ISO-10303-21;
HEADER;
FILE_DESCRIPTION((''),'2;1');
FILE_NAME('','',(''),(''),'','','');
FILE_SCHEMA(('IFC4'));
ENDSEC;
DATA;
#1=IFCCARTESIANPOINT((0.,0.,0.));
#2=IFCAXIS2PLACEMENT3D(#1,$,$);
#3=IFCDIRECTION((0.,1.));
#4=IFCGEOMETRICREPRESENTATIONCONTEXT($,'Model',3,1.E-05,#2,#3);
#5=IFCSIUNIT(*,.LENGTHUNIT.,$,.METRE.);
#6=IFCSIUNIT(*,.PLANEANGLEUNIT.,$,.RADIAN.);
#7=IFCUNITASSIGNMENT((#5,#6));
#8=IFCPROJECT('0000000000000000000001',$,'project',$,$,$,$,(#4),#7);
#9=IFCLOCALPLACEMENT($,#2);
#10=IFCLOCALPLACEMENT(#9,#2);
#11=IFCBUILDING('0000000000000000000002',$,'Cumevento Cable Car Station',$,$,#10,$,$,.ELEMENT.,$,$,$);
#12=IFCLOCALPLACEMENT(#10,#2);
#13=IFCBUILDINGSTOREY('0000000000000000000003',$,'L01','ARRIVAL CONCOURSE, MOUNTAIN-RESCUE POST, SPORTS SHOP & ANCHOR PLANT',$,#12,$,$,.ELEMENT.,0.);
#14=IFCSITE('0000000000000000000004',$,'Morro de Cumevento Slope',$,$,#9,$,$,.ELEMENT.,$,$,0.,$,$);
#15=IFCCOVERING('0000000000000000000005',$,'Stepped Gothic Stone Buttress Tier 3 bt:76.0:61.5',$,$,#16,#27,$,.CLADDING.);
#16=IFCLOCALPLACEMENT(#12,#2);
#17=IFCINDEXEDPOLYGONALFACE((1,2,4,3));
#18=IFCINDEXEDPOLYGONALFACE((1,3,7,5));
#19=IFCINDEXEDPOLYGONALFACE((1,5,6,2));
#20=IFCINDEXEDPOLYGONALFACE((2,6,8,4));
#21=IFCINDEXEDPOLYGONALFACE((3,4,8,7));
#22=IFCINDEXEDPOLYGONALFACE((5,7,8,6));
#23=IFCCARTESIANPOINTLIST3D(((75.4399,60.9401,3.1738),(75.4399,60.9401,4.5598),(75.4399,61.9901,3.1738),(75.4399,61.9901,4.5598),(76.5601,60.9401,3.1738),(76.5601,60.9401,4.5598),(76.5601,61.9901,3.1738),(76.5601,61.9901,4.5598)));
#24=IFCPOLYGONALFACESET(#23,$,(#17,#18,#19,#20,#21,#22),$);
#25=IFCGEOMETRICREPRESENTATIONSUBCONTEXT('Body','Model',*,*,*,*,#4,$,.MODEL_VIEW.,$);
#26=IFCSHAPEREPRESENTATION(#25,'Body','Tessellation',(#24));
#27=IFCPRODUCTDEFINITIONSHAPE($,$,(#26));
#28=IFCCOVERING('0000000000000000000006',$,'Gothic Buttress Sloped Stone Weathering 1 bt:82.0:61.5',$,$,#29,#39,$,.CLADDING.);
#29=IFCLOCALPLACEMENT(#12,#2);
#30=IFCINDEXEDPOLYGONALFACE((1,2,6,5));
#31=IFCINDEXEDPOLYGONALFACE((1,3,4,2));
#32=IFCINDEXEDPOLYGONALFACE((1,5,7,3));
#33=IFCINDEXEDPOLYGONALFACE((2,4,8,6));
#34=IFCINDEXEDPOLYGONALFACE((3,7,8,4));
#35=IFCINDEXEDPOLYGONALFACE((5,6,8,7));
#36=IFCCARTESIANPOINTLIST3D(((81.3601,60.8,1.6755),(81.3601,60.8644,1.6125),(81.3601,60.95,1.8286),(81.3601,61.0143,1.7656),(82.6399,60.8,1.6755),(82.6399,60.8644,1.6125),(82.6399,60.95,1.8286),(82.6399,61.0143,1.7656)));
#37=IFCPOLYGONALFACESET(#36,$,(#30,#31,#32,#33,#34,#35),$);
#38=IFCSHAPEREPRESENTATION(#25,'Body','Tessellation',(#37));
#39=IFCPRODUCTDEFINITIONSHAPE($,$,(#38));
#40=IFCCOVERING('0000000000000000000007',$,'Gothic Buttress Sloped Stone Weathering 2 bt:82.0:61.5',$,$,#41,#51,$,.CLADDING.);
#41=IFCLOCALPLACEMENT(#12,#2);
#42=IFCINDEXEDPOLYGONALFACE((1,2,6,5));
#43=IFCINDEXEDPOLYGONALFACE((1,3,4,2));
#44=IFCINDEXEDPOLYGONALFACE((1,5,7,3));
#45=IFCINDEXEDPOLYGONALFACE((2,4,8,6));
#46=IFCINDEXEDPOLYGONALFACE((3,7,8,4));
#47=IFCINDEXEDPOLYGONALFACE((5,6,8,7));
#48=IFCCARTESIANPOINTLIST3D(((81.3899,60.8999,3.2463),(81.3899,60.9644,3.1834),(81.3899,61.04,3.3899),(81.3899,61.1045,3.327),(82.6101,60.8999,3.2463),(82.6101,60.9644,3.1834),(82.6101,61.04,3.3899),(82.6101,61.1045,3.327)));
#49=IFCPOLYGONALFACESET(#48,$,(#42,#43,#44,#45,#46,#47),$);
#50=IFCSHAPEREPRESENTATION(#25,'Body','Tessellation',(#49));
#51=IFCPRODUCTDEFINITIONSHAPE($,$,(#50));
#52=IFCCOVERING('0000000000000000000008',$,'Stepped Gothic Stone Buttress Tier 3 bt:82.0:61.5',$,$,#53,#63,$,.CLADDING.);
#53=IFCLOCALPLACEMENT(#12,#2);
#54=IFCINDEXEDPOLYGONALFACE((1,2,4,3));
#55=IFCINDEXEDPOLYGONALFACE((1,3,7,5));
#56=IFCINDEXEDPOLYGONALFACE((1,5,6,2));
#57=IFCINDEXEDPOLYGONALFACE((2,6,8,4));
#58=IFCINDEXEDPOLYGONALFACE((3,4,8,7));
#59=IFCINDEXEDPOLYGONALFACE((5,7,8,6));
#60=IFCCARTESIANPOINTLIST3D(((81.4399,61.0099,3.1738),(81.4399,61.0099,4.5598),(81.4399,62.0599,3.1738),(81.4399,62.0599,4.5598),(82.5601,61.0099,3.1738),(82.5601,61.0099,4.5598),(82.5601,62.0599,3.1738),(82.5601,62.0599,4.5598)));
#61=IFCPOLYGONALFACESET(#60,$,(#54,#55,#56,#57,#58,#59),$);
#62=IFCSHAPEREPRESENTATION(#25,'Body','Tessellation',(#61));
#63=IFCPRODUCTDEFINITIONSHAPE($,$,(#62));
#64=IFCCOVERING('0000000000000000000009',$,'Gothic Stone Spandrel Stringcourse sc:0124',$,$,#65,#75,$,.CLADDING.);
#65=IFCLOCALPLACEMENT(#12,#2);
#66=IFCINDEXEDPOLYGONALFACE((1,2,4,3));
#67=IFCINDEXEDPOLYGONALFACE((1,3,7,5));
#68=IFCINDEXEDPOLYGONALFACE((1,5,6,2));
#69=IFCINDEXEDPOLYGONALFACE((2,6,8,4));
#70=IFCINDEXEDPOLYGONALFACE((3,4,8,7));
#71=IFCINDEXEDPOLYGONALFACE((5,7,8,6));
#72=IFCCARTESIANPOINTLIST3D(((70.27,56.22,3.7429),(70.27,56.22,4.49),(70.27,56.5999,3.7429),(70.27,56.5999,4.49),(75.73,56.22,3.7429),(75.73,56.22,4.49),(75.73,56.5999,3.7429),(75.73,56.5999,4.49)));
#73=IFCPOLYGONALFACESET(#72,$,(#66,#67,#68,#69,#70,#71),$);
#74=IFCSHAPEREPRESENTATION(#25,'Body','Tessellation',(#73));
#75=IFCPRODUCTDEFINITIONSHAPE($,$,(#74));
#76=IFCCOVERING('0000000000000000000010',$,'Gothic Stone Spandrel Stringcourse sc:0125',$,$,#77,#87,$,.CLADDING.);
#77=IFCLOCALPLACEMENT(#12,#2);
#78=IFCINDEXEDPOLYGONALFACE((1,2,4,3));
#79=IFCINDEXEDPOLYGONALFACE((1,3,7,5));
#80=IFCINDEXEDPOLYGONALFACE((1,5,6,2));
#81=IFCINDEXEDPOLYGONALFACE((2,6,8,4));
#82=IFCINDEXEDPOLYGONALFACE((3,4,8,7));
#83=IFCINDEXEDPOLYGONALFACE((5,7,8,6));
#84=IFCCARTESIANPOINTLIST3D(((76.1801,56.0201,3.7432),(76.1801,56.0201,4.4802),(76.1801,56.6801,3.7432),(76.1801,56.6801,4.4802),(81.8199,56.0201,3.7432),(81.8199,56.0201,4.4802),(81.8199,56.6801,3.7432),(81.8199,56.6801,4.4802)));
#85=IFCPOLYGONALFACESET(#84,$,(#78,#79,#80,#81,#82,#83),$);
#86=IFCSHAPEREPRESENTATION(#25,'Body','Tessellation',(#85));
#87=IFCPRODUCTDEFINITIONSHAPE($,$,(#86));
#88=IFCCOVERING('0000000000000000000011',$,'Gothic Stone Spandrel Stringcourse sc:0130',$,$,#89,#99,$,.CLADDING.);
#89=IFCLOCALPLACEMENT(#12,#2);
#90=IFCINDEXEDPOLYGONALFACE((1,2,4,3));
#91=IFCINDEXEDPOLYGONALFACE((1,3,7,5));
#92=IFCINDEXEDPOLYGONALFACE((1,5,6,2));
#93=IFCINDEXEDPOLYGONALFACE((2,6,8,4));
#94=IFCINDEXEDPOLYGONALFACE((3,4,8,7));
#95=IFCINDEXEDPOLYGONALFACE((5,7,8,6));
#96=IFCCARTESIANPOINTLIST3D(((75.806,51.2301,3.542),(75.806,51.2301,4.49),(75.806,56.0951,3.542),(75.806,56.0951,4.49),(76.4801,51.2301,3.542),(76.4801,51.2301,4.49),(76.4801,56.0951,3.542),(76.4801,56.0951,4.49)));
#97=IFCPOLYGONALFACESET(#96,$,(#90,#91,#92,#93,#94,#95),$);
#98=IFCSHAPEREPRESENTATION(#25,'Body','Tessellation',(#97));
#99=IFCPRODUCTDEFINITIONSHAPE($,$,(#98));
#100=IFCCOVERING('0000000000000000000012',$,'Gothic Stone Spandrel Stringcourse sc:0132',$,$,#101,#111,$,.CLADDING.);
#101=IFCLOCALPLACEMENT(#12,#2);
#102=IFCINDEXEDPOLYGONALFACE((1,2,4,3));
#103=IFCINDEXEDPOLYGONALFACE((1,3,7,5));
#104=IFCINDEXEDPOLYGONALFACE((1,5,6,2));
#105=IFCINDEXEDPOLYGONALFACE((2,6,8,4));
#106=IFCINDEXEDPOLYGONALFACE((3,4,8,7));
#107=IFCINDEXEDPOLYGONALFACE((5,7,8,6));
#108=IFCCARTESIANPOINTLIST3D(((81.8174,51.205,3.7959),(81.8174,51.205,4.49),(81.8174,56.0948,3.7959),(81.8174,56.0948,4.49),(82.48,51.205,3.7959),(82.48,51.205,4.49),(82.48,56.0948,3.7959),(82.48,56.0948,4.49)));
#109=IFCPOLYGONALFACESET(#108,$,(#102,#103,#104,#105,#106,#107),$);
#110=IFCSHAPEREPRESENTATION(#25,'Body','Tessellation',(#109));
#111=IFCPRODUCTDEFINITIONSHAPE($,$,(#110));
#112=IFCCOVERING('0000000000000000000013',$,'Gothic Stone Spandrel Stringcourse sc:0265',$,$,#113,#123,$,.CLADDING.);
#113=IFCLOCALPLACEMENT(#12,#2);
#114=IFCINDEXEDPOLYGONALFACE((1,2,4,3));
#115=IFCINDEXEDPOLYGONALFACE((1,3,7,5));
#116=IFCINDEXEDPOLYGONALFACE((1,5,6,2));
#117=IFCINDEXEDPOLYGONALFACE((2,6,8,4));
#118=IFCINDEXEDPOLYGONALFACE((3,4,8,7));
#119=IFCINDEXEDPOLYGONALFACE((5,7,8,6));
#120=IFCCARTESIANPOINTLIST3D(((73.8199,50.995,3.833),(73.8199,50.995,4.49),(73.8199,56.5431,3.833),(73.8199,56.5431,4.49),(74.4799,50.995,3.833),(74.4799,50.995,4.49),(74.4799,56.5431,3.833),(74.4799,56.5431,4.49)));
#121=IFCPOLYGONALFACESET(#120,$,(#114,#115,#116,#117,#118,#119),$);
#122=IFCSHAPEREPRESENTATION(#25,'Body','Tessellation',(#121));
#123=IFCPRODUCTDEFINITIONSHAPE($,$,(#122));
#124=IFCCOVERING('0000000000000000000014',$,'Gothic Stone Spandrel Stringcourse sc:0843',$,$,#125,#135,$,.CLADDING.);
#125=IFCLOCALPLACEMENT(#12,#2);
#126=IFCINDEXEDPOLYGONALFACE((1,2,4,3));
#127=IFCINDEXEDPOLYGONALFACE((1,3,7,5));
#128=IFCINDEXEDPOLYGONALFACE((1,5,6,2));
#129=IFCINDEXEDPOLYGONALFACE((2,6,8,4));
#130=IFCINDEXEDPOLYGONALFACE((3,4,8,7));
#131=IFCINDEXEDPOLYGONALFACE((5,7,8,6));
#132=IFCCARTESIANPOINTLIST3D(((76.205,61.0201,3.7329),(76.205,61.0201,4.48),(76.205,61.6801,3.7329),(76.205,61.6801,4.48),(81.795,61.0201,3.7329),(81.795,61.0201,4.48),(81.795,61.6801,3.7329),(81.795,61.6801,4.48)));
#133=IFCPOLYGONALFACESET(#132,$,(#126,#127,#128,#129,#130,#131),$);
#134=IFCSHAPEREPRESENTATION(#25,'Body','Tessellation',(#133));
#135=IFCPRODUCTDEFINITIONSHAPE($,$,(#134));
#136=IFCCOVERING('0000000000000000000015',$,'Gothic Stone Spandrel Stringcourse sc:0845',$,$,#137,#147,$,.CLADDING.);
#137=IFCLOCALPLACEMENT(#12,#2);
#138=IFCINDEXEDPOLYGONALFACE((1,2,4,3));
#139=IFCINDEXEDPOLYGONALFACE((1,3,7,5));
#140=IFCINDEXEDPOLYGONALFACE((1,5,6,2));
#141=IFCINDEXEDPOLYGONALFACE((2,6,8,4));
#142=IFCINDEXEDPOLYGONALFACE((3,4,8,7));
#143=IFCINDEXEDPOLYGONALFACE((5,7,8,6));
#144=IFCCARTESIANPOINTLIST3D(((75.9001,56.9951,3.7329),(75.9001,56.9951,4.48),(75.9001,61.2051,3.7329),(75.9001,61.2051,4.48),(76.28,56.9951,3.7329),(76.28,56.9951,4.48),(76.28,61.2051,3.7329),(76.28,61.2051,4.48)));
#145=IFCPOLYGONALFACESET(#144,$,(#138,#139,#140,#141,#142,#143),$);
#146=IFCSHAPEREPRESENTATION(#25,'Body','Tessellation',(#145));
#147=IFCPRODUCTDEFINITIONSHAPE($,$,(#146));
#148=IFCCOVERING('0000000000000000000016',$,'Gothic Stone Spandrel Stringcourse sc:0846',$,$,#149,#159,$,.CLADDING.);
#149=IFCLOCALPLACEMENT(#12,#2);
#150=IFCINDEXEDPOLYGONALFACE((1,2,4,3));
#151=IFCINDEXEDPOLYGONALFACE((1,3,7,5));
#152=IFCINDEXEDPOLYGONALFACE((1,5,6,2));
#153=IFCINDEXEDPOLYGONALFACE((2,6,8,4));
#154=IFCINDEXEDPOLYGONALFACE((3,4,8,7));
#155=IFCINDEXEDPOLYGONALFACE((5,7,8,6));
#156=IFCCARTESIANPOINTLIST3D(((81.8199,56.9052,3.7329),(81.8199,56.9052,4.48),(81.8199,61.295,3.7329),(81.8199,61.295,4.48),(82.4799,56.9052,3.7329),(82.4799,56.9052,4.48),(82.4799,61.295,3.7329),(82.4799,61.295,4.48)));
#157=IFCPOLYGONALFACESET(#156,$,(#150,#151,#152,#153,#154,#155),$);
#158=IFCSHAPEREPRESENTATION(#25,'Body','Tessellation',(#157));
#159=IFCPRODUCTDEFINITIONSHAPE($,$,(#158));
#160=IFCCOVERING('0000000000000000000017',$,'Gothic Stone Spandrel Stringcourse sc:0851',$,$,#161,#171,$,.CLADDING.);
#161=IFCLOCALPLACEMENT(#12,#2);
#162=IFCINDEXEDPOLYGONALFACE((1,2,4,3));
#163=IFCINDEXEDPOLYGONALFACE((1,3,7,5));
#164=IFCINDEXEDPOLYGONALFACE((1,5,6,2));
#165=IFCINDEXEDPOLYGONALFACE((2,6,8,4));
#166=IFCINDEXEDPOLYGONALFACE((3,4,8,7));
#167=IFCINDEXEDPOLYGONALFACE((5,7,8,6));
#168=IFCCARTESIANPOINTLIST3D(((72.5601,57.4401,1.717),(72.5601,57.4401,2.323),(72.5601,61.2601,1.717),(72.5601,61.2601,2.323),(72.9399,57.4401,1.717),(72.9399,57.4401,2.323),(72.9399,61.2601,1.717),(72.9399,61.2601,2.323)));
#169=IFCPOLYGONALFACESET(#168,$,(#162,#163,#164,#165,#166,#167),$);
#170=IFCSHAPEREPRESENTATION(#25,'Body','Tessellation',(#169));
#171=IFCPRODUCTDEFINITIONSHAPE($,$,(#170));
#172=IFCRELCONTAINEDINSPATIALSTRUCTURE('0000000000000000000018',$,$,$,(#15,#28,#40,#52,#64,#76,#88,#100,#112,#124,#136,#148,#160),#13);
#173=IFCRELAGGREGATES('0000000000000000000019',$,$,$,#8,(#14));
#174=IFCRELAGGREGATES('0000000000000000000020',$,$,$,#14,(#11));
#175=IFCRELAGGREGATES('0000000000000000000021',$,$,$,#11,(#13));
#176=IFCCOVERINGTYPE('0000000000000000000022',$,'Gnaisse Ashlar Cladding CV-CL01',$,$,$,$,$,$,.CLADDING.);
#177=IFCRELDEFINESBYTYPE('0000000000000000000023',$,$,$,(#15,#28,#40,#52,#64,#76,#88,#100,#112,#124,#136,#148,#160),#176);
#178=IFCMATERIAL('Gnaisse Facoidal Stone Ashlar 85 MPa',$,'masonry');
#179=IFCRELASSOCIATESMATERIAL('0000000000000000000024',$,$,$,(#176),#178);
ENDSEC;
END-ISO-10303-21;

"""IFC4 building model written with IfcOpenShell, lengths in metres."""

from ifc_helpers import new_model, si_unit, direction, frame, origin, origin_2d, place, context, subcontext, project, spatial, polyline, rectangle, outline, extrude, material, type_object, element, save


model = new_model("IFC4")

# Units and contexts
model_context = context("Model", 3, precision=1e-05, world=origin(), true_north=direction((0.0, 1.0)))
body_context = subcontext(model_context, "Body", "Model", "MODEL_VIEW")
ifc_project = project(units=[si_unit("LENGTHUNIT", "METRE"), si_unit("PLANEANGLEUNIT", "RADIAN")], contexts=[model_context])

# Site, building, storey
site_placement = place(None, origin())
site = spatial("IfcSite", under=ifc_project, at=site_placement, Name="Morro de Cumevento Slope", CompositionType="ELEMENT", RefElevation=0.0)
building_placement = place(site_placement, origin())
building = spatial("IfcBuilding", under=site, at=building_placement, Name="Cumevento Cable Car Station", CompositionType="ELEMENT")
storey_placement = place(building_placement, origin())
storey = spatial("IfcBuildingStorey", under=building, at=storey_placement, Name="L01", Description="ARRIVAL CONCOURSE, MOUNTAIN-RESCUE POST, SPORTS SHOP & ANCHOR PLANT", CompositionType="ELEMENT", Elevation=0.0)

# Coverings
ifc_material_1 = material(Name="Gnaisse Facoidal Stone Ashlar 85 MPa", Category="masonry")
covering_type = type_object("IfcCoveringType", Name="Gnaisse Ashlar Cladding CV-CL01", PredefinedType="CLADDING", material=ifc_material_1)
covering_1_placement = place(storey_placement, frame((76.0, 61.4651, 3.1738), z_axis=(0.0, 0.0, 1.0), x_axis=(-1.0, 0.0, 0.0)))
element("IfcCovering", 1, at=covering_1_placement, inside=storey, type_object=covering_type, Name="Stepped Gothic Stone Buttress Tier 3 bt:76.0:61.5", PredefinedType="CLADDING", context=body_context, shape_type="SweptSolid", body=[
    extrude(rectangle(XDim=1.1201, YDim=1.05, at=origin_2d()), origin(), (0.0, 0.0, 1.0), 1.386),
])
covering_2_placement = place(storey_placement, frame((81.3601, 60.8, 1.6755), z_axis=(0.0, -0.714475, 0.699661), x_axis=(1.0, 0.0, 0.0)))
element("IfcCovering", 2, at=covering_2_placement, inside=storey, type_object=covering_type, Name="Gothic Buttress Sloped Stone Weathering 1 bt:82.0:61.5", PredefinedType="CLADDING", context=body_context, shape_type="SweptSolid", body=[
    extrude(outline(polyline([(0.0, 0.0), (1.2798, 0.0), (1.2798, 0.2142), (0.0, 0.2142), (0.0, 0.0)])), origin(), (0.0, 0.0, -1.0), 0.0901),
])
covering_3_placement = place(storey_placement, frame((81.3899, 60.8999, 3.2463), z_axis=(0.0, -0.715574, 0.698537), x_axis=(1.0, 0.0, 0.0)))
element("IfcCovering", 3, at=covering_3_placement, inside=storey, type_object=covering_type, Name="Gothic Buttress Sloped Stone Weathering 2 bt:82.0:61.5", PredefinedType="CLADDING", context=body_context, shape_type="SweptSolid", body=[
    extrude(outline(polyline([(0.0, 0.0), (1.2202, 0.0), (1.2202, 0.2006), (0.0, 0.2006), (0.0, 0.0)])), origin(), (0.0, 0.0, -1.0), 0.0901),
])
covering_4_placement = place(storey_placement, frame((82.0, 61.5349, 3.1738), z_axis=(0.0, 0.0, 1.0), x_axis=(1.0, 0.0, 0.0)))
element("IfcCovering", 4, at=covering_4_placement, inside=storey, type_object=covering_type, Name="Stepped Gothic Stone Buttress Tier 3 bt:82.0:61.5", PredefinedType="CLADDING", context=body_context, shape_type="SweptSolid", body=[
    extrude(rectangle(XDim=1.1201, YDim=1.05, at=origin_2d()), origin(), (0.0, 0.0, 1.0), 1.386),
])
covering_5_placement = place(storey_placement, frame((73.0, 56.4099, 3.7429), z_axis=(0.0, 0.0, 1.0), x_axis=(1.0, 0.0, 0.0)))
element("IfcCovering", 5, at=covering_5_placement, inside=storey, type_object=covering_type, Name="Gothic Stone Spandrel Stringcourse sc:0124", PredefinedType="CLADDING", context=body_context, shape_type="SweptSolid", body=[
    extrude(rectangle(XDim=5.46, YDim=0.3799, at=origin_2d()), origin(), (0.0, 0.0, 1.0), 0.7471),
])
covering_6_placement = place(storey_placement, frame((79.0, 56.3501, 3.7432), z_axis=(0.0, 0.0, 1.0), x_axis=(1.0, 0.0, 0.0)))
element("IfcCovering", 6, at=covering_6_placement, inside=storey, type_object=covering_type, Name="Gothic Stone Spandrel Stringcourse sc:0125", PredefinedType="CLADDING", context=body_context, shape_type="SweptSolid", body=[
    extrude(rectangle(XDim=5.6399, YDim=0.6599, at=origin_2d()), origin(), (0.0, 0.0, 1.0), 0.7371),
])
covering_7_placement = place(storey_placement, frame((76.1431, 53.6626, 3.542), z_axis=(0.0, 0.0, 1.0), x_axis=(0.0, 1.0, 0.0)))
element("IfcCovering", 7, at=covering_7_placement, inside=storey, type_object=covering_type, Name="Gothic Stone Spandrel Stringcourse sc:0130", PredefinedType="CLADDING", context=body_context, shape_type="SweptSolid", body=[
    extrude(rectangle(XDim=4.865, YDim=0.6741, at=origin_2d()), origin(), (0.0, 0.0, 1.0), 0.948),
])
covering_8_placement = place(storey_placement, frame((82.1487, 53.6499, 3.7959), z_axis=(0.0, 0.0, 1.0), x_axis=(0.0, 1.0, 0.0)))
element("IfcCovering", 8, at=covering_8_placement, inside=storey, type_object=covering_type, Name="Gothic Stone Spandrel Stringcourse sc:0132", PredefinedType="CLADDING", context=body_context, shape_type="SweptSolid", body=[
    extrude(rectangle(XDim=4.8899, YDim=0.6626, at=origin_2d()), origin(), (0.0, 0.0, 1.0), 0.6941),
])
covering_9_placement = place(storey_placement, frame((74.1499, 53.769, 3.833), z_axis=(0.0, 0.0, 1.0), x_axis=(0.0, 1.0, 0.0)))
element("IfcCovering", 9, at=covering_9_placement, inside=storey, type_object=covering_type, Name="Gothic Stone Spandrel Stringcourse sc:0265", PredefinedType="CLADDING", context=body_context, shape_type="SweptSolid", body=[
    extrude(rectangle(XDim=5.5481, YDim=0.6599, at=origin_2d()), origin(), (0.0, 0.0, 1.0), 0.657),
])
covering_10_placement = place(storey_placement, frame((79.0, 61.3501, 3.7329), z_axis=(0.0, 0.0, 1.0), x_axis=(1.0, 0.0, 0.0)))
element("IfcCovering", 10, at=covering_10_placement, inside=storey, type_object=covering_type, Name="Gothic Stone Spandrel Stringcourse sc:0843", PredefinedType="CLADDING", context=body_context, shape_type="SweptSolid", body=[
    extrude(rectangle(XDim=5.5901, YDim=0.6599, at=origin_2d()), origin(), (0.0, 0.0, 1.0), 0.7471),
])
covering_11_placement = place(storey_placement, frame((76.0901, 59.1001, 3.7329), z_axis=(0.0, 0.0, 1.0), x_axis=(0.0, 1.0, 0.0)))
element("IfcCovering", 11, at=covering_11_placement, inside=storey, type_object=covering_type, Name="Gothic Stone Spandrel Stringcourse sc:0845", PredefinedType="CLADDING", context=body_context, shape_type="SweptSolid", body=[
    extrude(rectangle(XDim=4.21, YDim=0.3799, at=origin_2d()), origin(), (0.0, 0.0, 1.0), 0.7471),
])
covering_12_placement = place(storey_placement, frame((82.1499, 59.1001, 3.7329), z_axis=(0.0, 0.0, 1.0), x_axis=(0.0, 1.0, 0.0)))
element("IfcCovering", 12, at=covering_12_placement, inside=storey, type_object=covering_type, Name="Gothic Stone Spandrel Stringcourse sc:0846", PredefinedType="CLADDING", context=body_context, shape_type="SweptSolid", body=[
    extrude(rectangle(XDim=4.3899, YDim=0.6599, at=origin_2d()), origin(), (0.0, 0.0, 1.0), 0.7471),
])
covering_13_placement = place(storey_placement, frame((72.75, 59.3501, 1.717), z_axis=(0.0, 0.0, 1.0), x_axis=(0.0, 1.0, 0.0)))
element("IfcCovering", 13, at=covering_13_placement, inside=storey, type_object=covering_type, Name="Gothic Stone Spandrel Stringcourse sc:0851", PredefinedType="CLADDING", context=body_context, shape_type="SweptSolid", body=[
    extrude(rectangle(XDim=3.8201, YDim=0.3799, at=origin_2d()), origin(), (0.0, 0.0, 1.0), 0.606),
])

save(model, "model.ifc")
